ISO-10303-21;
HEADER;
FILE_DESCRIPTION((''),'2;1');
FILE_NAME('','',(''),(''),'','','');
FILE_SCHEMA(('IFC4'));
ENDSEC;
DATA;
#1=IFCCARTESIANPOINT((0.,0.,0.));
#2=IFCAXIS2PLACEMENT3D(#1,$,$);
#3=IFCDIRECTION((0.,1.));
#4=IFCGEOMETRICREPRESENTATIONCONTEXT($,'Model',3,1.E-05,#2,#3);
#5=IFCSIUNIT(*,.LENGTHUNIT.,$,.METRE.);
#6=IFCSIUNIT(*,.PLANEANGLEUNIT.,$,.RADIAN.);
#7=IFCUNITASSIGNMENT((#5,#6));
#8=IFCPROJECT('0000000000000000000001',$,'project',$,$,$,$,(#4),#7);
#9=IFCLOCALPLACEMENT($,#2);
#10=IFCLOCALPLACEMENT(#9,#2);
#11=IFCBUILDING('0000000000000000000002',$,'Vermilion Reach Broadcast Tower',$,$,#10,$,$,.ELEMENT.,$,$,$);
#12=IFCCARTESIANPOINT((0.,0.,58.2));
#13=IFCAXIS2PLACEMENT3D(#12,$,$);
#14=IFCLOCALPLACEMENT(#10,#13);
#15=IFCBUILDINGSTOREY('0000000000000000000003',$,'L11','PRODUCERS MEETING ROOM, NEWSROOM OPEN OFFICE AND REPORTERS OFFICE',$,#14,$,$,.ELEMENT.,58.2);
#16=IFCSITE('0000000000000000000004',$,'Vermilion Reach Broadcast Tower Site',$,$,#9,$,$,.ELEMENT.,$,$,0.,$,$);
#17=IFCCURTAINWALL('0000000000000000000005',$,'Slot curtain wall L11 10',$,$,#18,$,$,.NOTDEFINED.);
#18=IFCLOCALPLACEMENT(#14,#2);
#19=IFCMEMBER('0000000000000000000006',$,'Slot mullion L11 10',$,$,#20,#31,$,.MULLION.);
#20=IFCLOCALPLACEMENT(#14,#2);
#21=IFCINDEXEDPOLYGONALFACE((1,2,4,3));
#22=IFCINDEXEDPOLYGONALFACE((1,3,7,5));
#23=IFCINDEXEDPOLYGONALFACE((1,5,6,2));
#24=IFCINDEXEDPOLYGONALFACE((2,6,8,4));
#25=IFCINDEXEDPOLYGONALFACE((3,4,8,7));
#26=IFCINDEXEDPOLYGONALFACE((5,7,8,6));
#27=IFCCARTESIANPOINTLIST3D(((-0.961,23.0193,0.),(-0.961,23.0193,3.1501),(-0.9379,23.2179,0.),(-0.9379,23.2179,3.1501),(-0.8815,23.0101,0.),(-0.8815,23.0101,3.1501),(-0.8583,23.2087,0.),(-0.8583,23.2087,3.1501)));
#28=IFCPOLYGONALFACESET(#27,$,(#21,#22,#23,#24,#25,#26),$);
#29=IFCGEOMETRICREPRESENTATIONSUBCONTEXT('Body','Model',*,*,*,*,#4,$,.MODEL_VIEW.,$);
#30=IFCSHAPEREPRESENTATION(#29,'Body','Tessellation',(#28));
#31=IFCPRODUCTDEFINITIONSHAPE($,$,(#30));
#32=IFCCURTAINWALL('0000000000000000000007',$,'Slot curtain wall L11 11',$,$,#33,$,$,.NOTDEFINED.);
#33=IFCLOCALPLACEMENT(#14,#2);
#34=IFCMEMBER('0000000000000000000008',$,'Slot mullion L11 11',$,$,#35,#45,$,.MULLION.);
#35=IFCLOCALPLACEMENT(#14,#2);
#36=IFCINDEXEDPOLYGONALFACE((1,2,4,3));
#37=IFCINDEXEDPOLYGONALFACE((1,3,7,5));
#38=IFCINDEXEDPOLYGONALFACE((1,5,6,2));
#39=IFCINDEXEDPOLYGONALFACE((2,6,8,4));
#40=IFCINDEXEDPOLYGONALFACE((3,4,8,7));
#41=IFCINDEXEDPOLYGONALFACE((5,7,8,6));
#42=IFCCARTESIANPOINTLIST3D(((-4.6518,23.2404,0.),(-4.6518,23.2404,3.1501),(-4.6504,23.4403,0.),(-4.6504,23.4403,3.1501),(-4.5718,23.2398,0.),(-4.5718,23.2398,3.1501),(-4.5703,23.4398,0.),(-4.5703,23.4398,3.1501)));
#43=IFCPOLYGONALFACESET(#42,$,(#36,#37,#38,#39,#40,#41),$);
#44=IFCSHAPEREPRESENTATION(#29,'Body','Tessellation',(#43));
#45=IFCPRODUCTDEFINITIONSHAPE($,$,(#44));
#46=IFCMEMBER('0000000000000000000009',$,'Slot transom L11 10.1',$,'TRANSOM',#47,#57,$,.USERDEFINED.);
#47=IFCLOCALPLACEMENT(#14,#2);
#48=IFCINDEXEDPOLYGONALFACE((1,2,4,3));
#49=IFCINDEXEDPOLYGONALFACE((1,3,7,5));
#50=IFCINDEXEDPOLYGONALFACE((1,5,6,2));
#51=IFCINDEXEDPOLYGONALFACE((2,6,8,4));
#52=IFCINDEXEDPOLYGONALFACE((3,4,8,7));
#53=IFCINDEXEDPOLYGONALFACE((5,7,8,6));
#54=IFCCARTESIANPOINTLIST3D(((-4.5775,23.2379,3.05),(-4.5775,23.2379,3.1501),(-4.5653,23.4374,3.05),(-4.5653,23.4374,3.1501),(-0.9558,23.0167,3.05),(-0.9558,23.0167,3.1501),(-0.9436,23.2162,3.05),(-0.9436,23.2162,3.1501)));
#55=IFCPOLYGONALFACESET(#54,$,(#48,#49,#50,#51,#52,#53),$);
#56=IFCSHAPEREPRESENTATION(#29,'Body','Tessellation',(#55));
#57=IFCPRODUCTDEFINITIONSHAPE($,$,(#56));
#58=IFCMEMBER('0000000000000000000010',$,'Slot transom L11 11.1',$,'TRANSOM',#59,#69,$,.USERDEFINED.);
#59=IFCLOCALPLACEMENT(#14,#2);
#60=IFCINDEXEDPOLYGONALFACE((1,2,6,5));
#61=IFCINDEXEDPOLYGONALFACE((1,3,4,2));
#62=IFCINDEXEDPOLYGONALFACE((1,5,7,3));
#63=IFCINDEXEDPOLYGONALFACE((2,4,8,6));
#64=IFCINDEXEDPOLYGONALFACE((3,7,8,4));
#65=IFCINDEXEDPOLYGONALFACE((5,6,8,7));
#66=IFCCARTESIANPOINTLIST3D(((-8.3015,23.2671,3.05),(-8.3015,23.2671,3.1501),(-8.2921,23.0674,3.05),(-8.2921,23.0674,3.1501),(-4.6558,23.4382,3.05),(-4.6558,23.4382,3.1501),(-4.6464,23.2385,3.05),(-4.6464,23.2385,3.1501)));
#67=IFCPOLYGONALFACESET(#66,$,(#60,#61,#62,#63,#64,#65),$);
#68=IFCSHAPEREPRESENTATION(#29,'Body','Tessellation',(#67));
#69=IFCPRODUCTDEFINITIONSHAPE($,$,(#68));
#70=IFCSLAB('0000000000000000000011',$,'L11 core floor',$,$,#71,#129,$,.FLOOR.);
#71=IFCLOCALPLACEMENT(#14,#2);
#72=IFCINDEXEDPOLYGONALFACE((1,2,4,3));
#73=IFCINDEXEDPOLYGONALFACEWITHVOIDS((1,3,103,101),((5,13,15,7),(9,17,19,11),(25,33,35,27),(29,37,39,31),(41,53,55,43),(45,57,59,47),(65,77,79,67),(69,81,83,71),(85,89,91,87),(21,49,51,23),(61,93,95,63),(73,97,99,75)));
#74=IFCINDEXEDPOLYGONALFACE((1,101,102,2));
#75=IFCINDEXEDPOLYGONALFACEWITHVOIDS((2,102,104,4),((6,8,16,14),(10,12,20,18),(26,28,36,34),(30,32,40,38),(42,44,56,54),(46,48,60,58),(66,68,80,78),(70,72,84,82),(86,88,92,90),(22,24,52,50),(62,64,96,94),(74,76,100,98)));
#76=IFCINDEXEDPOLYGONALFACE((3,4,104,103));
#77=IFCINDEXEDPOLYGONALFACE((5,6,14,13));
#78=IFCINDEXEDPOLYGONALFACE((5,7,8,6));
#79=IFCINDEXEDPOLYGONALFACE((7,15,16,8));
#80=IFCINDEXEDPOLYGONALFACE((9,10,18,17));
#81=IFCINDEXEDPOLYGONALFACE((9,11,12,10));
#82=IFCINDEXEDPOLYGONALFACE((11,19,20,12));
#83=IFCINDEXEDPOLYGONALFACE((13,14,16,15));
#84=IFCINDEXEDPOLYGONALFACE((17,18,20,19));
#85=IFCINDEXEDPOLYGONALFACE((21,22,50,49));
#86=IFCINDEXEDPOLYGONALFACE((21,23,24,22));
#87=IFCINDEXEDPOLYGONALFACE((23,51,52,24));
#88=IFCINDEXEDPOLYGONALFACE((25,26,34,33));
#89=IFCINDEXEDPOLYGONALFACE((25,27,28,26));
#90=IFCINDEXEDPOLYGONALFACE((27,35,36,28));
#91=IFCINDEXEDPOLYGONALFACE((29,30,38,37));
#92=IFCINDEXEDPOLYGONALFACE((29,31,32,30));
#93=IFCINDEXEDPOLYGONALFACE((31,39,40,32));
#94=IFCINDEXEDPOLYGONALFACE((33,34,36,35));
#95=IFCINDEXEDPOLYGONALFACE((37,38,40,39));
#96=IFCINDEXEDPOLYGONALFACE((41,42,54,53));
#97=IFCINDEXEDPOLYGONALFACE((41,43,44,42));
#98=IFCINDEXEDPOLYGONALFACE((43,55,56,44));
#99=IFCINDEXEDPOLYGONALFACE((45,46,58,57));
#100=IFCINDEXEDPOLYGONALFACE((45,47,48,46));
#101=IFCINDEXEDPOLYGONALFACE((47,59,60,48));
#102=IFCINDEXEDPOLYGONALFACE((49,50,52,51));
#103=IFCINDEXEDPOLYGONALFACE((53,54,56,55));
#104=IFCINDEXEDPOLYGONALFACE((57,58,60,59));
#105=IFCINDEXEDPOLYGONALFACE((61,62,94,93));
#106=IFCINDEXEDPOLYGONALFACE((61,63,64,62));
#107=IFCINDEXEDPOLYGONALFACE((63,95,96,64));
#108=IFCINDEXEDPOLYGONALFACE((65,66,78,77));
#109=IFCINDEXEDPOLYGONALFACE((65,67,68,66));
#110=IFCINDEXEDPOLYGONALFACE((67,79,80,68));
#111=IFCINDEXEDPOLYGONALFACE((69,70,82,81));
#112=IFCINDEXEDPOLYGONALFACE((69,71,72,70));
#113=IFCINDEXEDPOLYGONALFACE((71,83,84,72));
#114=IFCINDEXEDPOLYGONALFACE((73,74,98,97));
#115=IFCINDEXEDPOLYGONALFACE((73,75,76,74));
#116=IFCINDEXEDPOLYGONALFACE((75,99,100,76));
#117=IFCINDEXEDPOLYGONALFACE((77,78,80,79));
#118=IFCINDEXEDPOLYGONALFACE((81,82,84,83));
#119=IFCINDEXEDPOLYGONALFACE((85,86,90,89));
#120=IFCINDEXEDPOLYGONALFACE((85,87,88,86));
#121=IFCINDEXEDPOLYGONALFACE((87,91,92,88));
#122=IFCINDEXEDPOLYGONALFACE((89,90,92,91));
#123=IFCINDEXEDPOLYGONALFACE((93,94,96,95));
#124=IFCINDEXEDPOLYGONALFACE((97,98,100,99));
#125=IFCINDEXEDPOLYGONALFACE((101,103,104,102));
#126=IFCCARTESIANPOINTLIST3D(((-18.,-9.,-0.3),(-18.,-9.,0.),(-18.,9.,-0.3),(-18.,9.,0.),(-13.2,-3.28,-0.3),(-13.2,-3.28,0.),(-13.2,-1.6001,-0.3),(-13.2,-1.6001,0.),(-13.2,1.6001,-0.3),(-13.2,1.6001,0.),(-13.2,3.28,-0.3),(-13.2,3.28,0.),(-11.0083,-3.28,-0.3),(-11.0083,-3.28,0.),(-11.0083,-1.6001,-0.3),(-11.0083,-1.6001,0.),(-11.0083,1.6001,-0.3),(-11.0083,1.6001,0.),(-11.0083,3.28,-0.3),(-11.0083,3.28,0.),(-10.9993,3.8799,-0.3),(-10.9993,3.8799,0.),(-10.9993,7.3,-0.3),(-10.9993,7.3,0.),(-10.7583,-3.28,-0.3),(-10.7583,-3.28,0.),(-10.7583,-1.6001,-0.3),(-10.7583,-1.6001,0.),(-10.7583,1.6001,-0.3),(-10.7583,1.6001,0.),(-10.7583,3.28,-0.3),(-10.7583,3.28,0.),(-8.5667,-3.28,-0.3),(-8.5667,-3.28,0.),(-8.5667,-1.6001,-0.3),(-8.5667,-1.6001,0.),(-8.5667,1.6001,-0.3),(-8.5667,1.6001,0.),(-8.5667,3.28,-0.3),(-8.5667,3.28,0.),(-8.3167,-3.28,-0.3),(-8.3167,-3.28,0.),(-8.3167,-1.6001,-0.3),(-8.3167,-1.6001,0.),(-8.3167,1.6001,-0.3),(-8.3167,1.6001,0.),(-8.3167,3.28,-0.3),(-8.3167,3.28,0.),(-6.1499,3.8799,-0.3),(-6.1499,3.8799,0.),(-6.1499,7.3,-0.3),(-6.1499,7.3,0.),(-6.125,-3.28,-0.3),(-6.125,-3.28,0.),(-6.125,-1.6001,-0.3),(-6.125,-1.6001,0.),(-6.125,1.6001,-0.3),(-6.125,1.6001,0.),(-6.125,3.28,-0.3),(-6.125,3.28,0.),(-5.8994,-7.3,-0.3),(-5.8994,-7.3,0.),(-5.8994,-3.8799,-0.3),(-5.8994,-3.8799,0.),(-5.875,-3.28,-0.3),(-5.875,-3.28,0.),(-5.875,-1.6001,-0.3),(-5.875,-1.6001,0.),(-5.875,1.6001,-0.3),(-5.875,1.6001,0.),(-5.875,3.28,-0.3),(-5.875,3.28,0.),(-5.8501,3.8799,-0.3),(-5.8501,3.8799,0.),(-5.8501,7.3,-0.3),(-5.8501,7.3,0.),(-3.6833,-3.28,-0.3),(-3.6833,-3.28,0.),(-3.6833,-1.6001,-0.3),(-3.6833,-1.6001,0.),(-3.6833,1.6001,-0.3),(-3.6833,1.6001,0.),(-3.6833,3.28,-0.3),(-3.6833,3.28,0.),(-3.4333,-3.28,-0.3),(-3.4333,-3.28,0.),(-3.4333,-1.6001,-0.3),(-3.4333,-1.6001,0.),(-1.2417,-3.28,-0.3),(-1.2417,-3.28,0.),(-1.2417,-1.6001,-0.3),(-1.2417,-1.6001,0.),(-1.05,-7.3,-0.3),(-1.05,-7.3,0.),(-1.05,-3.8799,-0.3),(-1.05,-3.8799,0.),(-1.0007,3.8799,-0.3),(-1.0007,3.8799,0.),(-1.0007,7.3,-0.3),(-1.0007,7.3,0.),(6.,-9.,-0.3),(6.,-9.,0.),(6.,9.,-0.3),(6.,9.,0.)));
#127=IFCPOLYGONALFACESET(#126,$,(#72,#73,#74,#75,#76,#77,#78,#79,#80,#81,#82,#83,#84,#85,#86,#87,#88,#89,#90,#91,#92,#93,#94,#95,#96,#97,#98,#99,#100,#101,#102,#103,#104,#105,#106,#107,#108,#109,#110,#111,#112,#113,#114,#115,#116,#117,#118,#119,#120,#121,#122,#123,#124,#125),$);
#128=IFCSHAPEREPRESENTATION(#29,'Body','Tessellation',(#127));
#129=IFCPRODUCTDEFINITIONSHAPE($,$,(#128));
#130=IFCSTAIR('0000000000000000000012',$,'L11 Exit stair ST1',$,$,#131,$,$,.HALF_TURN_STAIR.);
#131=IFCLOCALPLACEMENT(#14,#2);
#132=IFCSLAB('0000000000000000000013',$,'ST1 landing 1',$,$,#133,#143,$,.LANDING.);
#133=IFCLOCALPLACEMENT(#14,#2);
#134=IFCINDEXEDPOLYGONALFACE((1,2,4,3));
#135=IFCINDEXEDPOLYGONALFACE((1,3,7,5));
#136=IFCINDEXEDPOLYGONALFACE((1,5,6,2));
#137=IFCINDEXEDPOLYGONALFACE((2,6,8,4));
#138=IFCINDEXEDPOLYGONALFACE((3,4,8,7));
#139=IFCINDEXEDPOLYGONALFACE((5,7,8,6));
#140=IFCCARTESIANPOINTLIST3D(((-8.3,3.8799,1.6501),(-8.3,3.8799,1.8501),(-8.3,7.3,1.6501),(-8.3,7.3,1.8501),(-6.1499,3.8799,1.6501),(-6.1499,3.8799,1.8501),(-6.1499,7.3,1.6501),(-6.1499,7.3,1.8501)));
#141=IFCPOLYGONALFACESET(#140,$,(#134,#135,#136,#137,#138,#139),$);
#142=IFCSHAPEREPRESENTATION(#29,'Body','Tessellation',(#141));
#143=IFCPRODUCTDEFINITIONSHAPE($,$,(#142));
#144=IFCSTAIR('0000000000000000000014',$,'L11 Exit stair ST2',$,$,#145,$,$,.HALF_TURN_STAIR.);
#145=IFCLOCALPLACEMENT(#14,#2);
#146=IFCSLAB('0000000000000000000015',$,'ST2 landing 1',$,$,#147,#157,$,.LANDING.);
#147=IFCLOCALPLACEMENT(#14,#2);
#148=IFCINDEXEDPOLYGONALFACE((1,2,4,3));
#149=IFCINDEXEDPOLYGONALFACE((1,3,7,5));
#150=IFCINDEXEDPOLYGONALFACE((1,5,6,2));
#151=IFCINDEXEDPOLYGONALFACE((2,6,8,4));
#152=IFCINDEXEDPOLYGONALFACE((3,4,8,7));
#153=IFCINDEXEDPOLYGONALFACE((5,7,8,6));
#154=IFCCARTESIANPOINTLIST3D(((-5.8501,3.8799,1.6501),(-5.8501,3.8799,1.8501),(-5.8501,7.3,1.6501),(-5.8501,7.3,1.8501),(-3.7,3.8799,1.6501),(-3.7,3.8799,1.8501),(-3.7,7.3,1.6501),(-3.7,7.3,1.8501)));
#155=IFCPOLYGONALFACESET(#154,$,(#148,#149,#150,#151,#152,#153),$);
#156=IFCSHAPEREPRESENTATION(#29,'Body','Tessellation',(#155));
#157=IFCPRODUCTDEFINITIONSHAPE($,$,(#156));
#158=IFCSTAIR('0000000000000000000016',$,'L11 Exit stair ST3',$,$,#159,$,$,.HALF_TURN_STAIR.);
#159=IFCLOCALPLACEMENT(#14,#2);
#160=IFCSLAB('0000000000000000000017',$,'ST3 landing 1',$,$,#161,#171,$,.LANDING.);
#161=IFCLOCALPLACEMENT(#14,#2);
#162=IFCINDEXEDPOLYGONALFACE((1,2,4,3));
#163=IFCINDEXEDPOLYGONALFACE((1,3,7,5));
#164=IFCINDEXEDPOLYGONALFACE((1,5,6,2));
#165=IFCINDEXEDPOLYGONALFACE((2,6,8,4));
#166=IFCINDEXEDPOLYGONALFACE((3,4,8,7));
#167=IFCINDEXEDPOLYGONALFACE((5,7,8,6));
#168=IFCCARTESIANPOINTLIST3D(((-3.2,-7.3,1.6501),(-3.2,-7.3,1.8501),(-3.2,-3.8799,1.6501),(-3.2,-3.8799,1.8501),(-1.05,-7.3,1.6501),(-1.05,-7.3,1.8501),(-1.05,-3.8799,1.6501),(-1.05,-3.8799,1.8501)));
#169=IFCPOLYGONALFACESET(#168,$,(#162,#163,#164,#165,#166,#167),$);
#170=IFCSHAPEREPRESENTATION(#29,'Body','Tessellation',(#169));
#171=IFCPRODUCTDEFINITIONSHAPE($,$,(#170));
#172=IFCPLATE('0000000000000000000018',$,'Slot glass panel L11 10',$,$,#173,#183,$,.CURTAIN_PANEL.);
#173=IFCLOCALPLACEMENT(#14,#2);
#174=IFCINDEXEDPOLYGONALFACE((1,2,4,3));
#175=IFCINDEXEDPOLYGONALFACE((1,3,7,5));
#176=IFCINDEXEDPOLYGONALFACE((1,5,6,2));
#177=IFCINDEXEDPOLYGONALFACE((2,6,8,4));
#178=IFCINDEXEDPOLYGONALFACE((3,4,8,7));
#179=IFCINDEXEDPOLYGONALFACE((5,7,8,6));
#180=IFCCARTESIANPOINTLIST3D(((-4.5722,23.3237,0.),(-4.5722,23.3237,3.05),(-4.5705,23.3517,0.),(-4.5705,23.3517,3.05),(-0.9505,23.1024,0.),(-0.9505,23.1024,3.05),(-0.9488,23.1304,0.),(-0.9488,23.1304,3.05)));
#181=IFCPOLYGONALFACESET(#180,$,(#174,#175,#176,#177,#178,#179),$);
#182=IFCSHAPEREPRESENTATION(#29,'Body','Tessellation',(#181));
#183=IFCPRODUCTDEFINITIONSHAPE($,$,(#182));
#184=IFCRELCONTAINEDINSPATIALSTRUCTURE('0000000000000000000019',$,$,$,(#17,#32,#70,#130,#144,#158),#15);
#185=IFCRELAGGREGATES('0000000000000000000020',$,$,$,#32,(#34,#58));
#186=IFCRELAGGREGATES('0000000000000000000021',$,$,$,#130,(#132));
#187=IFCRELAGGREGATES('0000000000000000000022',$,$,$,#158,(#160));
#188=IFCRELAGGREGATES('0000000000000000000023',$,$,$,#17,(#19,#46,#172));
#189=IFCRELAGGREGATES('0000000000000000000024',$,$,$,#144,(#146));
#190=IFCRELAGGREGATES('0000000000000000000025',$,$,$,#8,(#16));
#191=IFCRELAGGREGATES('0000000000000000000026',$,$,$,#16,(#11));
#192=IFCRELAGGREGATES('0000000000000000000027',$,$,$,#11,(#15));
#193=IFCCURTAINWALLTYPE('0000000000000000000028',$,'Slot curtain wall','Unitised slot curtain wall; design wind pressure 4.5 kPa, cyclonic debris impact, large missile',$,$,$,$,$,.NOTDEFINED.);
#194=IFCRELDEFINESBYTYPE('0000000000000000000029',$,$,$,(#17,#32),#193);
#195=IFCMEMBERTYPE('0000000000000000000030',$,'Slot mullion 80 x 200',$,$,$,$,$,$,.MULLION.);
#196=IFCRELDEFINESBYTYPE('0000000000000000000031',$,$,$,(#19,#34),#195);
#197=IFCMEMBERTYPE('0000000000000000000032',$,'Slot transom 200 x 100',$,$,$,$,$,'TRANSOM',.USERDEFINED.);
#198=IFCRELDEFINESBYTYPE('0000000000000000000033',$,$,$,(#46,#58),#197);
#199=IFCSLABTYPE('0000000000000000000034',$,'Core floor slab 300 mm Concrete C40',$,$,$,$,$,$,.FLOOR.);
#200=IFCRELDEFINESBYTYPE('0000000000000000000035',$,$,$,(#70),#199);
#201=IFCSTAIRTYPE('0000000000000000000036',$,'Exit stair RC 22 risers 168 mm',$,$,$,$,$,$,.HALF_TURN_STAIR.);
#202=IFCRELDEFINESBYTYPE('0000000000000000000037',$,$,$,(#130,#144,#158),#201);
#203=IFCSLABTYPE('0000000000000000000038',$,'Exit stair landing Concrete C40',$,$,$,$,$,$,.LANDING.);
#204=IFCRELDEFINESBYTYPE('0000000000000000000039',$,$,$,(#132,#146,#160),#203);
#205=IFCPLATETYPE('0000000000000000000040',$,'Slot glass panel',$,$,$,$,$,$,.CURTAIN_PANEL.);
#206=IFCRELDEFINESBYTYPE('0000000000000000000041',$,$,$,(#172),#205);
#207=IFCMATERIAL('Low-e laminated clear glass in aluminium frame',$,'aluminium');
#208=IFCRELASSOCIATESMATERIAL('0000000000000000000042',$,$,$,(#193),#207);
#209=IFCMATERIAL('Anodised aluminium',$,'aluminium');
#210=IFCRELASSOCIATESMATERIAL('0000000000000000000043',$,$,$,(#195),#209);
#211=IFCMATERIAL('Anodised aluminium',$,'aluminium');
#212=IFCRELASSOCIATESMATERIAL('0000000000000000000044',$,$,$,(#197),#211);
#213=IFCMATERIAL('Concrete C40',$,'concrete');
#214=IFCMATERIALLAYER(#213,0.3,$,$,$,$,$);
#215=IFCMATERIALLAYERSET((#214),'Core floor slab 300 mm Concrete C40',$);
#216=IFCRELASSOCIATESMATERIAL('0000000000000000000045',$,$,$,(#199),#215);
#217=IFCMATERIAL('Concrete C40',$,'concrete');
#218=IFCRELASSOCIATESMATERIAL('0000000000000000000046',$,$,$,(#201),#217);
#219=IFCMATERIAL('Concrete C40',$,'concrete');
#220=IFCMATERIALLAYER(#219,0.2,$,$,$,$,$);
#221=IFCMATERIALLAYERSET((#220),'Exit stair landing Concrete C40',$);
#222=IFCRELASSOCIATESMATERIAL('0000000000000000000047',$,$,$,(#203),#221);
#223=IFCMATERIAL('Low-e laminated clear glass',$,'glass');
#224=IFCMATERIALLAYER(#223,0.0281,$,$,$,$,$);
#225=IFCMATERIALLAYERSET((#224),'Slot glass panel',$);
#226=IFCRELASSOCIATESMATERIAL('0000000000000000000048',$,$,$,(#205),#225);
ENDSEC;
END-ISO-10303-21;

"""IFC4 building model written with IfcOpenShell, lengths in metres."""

from ifc_helpers import new_model, si_unit, direction, frame, origin, origin_2d, place, context, subcontext, project, spatial, polyline, rectangle, outline, extrude, material, layer, layer_set, material_profile, profile_set, type_object, element, aggregate, save


model = new_model("IFC4")

# Units and contexts
model_context = context("Model", 3, precision=1e-05, world=origin(), true_north=direction((0.0, 1.0)))
body_context = subcontext(model_context, "Body", "Model", "MODEL_VIEW")
ifc_project = project(units=[si_unit("LENGTHUNIT", "METRE"), si_unit("PLANEANGLEUNIT", "RADIAN")], contexts=[model_context])

# Site, building, storey
site_placement = place(None, origin())
site = spatial("IfcSite", under=ifc_project, at=site_placement, Name="Vermilion Reach Broadcast Tower Site", CompositionType="ELEMENT", RefElevation=0.0)
building_placement = place(site_placement, origin())
building = spatial("IfcBuilding", under=site, at=building_placement, Name="Vermilion Reach Broadcast Tower", CompositionType="ELEMENT")
storey_placement = place(building_placement, frame((0.0, 0.0, 58.2)))
storey = spatial("IfcBuildingStorey", under=building, at=storey_placement, Name="L11", Description="PRODUCERS MEETING ROOM, NEWSROOM OPEN OFFICE AND REPORTERS OFFICE", CompositionType="ELEMENT", Elevation=58.2)

# Curtain walls, members
ifc_material_1 = material(Name="Low-e laminated clear glass in aluminium frame", Category="aluminium")
curtain_wall_type = type_object("IfcCurtainWallType", Name="Slot curtain wall", Description="Unitised slot curtain wall; design wind pressure 4.5 kPa, cyclonic debris impact, large missile", PredefinedType="NOTDEFINED", material=ifc_material_1)
placement_1 = place(storey_placement, origin())
curtain_wall_1 = element("IfcCurtainWall", 1, at=placement_1, inside=storey, type_object=curtain_wall_type, Name="Slot curtain wall L11 10", PredefinedType="NOTDEFINED")
ifc_material_2 = material(Name="Anodised aluminium", Category="aluminium")
ifc_material_profile_1 = material_profile(ifc_material_2, rectangle(XDim=0.2, YDim=0.0801, at=origin_2d()), Name="Slot mullion 80 x 200")
ifc_profile_set_1 = profile_set([ifc_material_profile_1], Name="Anodised aluminium")
member_type_1 = type_object("IfcMemberType", Name="Slot mullion 80 x 200", PredefinedType="MULLION", material=ifc_profile_set_1)
member_1_placement = place(storey_placement, frame((-0.9097, 23.114, 0.0), z_axis=(0.0, 0.0, 1.0), x_axis=(-0.115648, -0.99329, 0.0)))
member_1 = element("IfcMember", 2, at=member_1_placement, type_object=member_type_1, Name="Slot mullion L11 10", PredefinedType="MULLION", context=body_context, shape_type="SweptSolid", body=[
    extrude(rectangle(XDim=0.2, YDim=0.0801, at=origin_2d()), origin(), (0.0, 0.0, 1.0), 3.1501),
])
curtain_wall_2 = element("IfcCurtainWall", 3, at=placement_1, inside=storey, type_object=curtain_wall_type, Name="Slot curtain wall L11 11", PredefinedType="NOTDEFINED")
member_2_placement = place(storey_placement, frame((-4.6111, 23.3401, 0.0), z_axis=(0.0, 0.0, 1.0), x_axis=(-0.007085, -0.999975, 0.0)))
member_2 = element("IfcMember", 4, at=member_2_placement, type_object=member_type_1, Name="Slot mullion L11 11", PredefinedType="MULLION", context=body_context, shape_type="SweptSolid", body=[
    extrude(rectangle(XDim=0.2, YDim=0.0801, at=origin_2d()), origin(), (0.0, 0.0, 1.0), 3.1501),
])

# Members
ifc_material_3 = material(Name="Anodised aluminium", Category="aluminium")
ifc_material_profile_2 = material_profile(ifc_material_3, rectangle(XDim=0.2, YDim=0.1001, at=origin_2d()), Name="Slot transom 200 x 100")
ifc_profile_set_2 = profile_set([ifc_material_profile_2], Name="Anodised aluminium")
member_type_2 = type_object("IfcMemberType", Name="Slot transom 200 x 100", ElementType="TRANSOM", PredefinedType="USERDEFINED", material=ifc_profile_set_2)
member_3_placement = place(storey_placement, frame((-0.9497, 23.1165, 3.1001), z_axis=(-0.99814, 0.060962, 0.0), x_axis=(-0.060962, -0.99814, 0.0)))
member_3 = element("IfcMember", 5, at=member_3_placement, type_object=member_type_2, Name="Slot transom L11 10.1", ObjectType="TRANSOM", PredefinedType="USERDEFINED", context=body_context, shape_type="SweptSolid", body=[
    extrude(rectangle(XDim=0.2, YDim=0.1001, at=origin_2d()), origin(), (0.0, 0.0, 1.0), 3.6284),
])
member_4_placement = place(storey_placement, frame((-4.6511, 23.3384, 3.1001), z_axis=(-0.9989, -0.046891, 0.0), x_axis=(0.046891, -0.9989, 0.0)))
member_4 = element("IfcMember", 6, at=member_4_placement, type_object=member_type_2, Name="Slot transom L11 11.1", ObjectType="TRANSOM", PredefinedType="USERDEFINED", context=body_context, shape_type="SweptSolid", body=[
    extrude(rectangle(XDim=0.2, YDim=0.1001, at=origin_2d()), origin(), (0.0, 0.0, 1.0), 3.6497),
])
aggregate(curtain_wall_2, [member_2, member_4])

# Slab
ifc_material_4 = material(Name="Concrete C40", Category="concrete")
ifc_layer_1 = layer(ifc_material_4, 0.3)
ifc_layer_set_1 = layer_set([ifc_layer_1], Name="Core floor slab 300 mm Concrete C40")
slab_type_1 = type_object("IfcSlabType", Name="Core floor slab 300 mm Concrete C40", PredefinedType="FLOOR", material=ifc_layer_set_1)
slab_1_placement = place(storey_placement, frame((0.0, 0.0, -0.3)))
element("IfcSlab", 7, at=slab_1_placement, inside=storey, type_object=slab_type_1, Name="L11 core floor", PredefinedType="FLOOR", context=body_context, shape_type="SweptSolid", body=[
    extrude(outline(polyline([(-18.0, -9.0), (6.0, -9.0), (6.0, 9.0), (-18.0, 9.0), (-18.0, -9.0)]), holes=[polyline([(-13.2, 1.6001), (-11.0083, 1.6001), (-11.0083, 3.28), (-13.2, 3.28), (-13.2, 1.6001)]), polyline([(-10.7583, 1.6001), (-8.5667, 1.6001), (-8.5667, 3.28), (-10.7583, 3.28), (-10.7583, 1.6001)]), polyline([(-8.3167, 1.6001), (-6.125, 1.6001), (-6.125, 3.28), (-8.3167, 3.28), (-8.3167, 1.6001)]), polyline([(-5.875, 1.6001), (-3.6833, 1.6001), (-3.6833, 3.28), (-5.875, 3.28), (-5.875, 1.6001)]), polyline([(-13.2, -3.28), (-11.0083, -3.28), (-11.0083, -1.6001), (-13.2, -1.6001), (-13.2, -3.28)]), polyline([(-10.7583, -3.28), (-8.5667, -3.28), (-8.5667, -1.6001), (-10.7583, -1.6001), (-10.7583, -3.28)]), polyline([(-8.3167, -3.28), (-6.125, -3.28), (-6.125, -1.6001), (-8.3167, -1.6001), (-8.3167, -3.28)]), polyline([(-5.875, -3.28), (-3.6833, -3.28), (-3.6833, -1.6001), (-5.875, -1.6001), (-5.875, -3.28)]), polyline([(-3.4333, -3.28), (-1.2417, -3.28), (-1.2417, -1.6001), (-3.4333, -1.6001), (-3.4333, -3.28)]), polyline([(-10.9993, 3.8799), (-6.1499, 3.8799), (-6.1499, 7.3), (-10.9993, 7.3), (-10.9993, 3.8799)]), polyline([(-1.0007, 7.3), (-5.8501, 7.3), (-5.8501, 3.8799), (-1.0007, 3.8799), (-1.0007, 7.3)]), polyline([(-5.8994, -7.3), (-1.05, -7.3), (-1.05, -3.8799), (-5.8994, -3.8799), (-5.8994, -7.3)])]), origin(), (0.0, 0.0, 1.0), 0.3),
])

# Stairs, slabs
ifc_material_5 = material(Name="Concrete C40", Category="concrete")
stair_type = type_object("IfcStairType", Name="Exit stair RC 22 risers 168 mm", PredefinedType="HALF_TURN_STAIR", material=ifc_material_5)
stair_1 = element("IfcStair", 8, at=placement_1, inside=storey, type_object=stair_type, Name="L11 Exit stair ST1", PredefinedType="HALF_TURN_STAIR")
ifc_material_6 = material(Name="Concrete C40", Category="concrete")
ifc_layer_2 = layer(ifc_material_6, 0.2)
ifc_layer_set_2 = layer_set([ifc_layer_2], Name="Exit stair landing Concrete C40")
slab_type_2 = type_object("IfcSlabType", Name="Exit stair landing Concrete C40", PredefinedType="LANDING", material=ifc_layer_set_2)
placement_2 = place(storey_placement, frame((0.0, 0.0, 1.6501)))
slab_2 = element("IfcSlab", 9, at=placement_2, type_object=slab_type_2, Name="ST1 landing 1", PredefinedType="LANDING", context=body_context, shape_type="SweptSolid", body=[
    extrude(outline(polyline([(-8.3, 3.8799), (-6.1499, 3.8799), (-6.1499, 7.3), (-8.3, 7.3), (-8.3, 3.8799)])), origin(), (0.0, 0.0, 1.0), 0.2),
])
aggregate(stair_1, [slab_2])
stair_2 = element("IfcStair", 10, at=placement_1, inside=storey, type_object=stair_type, Name="L11 Exit stair ST2", PredefinedType="HALF_TURN_STAIR")
slab_3 = element("IfcSlab", 11, at=placement_2, type_object=slab_type_2, Name="ST2 landing 1", PredefinedType="LANDING", context=body_context, shape_type="SweptSolid", body=[
    extrude(outline(polyline([(-3.7, 7.3), (-5.8501, 7.3), (-5.8501, 3.8799), (-3.7, 3.8799), (-3.7, 7.3)])), origin(), (0.0, 0.0, 1.0), 0.2),
])
stair_3 = element("IfcStair", 12, at=placement_1, inside=storey, type_object=stair_type, Name="L11 Exit stair ST3", PredefinedType="HALF_TURN_STAIR")
slab_4 = element("IfcSlab", 13, at=placement_2, type_object=slab_type_2, Name="ST3 landing 1", PredefinedType="LANDING", context=body_context, shape_type="SweptSolid", body=[
    extrude(outline(polyline([(-3.2, -7.3), (-1.05, -7.3), (-1.05, -3.8799), (-3.2, -3.8799), (-3.2, -7.3)])), origin(), (0.0, 0.0, 1.0), 0.2),
])
aggregate(stair_3, [slab_4])

# Plate
ifc_material_7 = material(Name="Low-e laminated clear glass", Category="glass")
ifc_layer_3 = layer(ifc_material_7, 0.0281)
ifc_layer_set_3 = layer_set([ifc_layer_3], Name="Slot glass panel")
plate_type = type_object("IfcPlateType", Name="Slot glass panel", PredefinedType="CURTAIN_PANEL", material=ifc_layer_set_3)
plate_placement = place(storey_placement, frame((-2.7605, 23.2271, 0.0), z_axis=(0.0, 0.0, 1.0), x_axis=(-0.998137, 0.061006, 0.0)))
plate = element("IfcPlate", 14, at=plate_placement, type_object=plate_type, Name="Slot glass panel L11 10", PredefinedType="CURTAIN_PANEL", context=body_context, shape_type="SweptSolid", body=[
    extrude(rectangle(XDim=3.6284, YDim=0.0281, at=origin_2d()), origin(), (0.0, 0.0, 1.0), 3.05),
])
aggregate(curtain_wall_1, [member_1, member_3, plate])

aggregate(stair_2, [slab_3])

save(model, "model.ifc")
